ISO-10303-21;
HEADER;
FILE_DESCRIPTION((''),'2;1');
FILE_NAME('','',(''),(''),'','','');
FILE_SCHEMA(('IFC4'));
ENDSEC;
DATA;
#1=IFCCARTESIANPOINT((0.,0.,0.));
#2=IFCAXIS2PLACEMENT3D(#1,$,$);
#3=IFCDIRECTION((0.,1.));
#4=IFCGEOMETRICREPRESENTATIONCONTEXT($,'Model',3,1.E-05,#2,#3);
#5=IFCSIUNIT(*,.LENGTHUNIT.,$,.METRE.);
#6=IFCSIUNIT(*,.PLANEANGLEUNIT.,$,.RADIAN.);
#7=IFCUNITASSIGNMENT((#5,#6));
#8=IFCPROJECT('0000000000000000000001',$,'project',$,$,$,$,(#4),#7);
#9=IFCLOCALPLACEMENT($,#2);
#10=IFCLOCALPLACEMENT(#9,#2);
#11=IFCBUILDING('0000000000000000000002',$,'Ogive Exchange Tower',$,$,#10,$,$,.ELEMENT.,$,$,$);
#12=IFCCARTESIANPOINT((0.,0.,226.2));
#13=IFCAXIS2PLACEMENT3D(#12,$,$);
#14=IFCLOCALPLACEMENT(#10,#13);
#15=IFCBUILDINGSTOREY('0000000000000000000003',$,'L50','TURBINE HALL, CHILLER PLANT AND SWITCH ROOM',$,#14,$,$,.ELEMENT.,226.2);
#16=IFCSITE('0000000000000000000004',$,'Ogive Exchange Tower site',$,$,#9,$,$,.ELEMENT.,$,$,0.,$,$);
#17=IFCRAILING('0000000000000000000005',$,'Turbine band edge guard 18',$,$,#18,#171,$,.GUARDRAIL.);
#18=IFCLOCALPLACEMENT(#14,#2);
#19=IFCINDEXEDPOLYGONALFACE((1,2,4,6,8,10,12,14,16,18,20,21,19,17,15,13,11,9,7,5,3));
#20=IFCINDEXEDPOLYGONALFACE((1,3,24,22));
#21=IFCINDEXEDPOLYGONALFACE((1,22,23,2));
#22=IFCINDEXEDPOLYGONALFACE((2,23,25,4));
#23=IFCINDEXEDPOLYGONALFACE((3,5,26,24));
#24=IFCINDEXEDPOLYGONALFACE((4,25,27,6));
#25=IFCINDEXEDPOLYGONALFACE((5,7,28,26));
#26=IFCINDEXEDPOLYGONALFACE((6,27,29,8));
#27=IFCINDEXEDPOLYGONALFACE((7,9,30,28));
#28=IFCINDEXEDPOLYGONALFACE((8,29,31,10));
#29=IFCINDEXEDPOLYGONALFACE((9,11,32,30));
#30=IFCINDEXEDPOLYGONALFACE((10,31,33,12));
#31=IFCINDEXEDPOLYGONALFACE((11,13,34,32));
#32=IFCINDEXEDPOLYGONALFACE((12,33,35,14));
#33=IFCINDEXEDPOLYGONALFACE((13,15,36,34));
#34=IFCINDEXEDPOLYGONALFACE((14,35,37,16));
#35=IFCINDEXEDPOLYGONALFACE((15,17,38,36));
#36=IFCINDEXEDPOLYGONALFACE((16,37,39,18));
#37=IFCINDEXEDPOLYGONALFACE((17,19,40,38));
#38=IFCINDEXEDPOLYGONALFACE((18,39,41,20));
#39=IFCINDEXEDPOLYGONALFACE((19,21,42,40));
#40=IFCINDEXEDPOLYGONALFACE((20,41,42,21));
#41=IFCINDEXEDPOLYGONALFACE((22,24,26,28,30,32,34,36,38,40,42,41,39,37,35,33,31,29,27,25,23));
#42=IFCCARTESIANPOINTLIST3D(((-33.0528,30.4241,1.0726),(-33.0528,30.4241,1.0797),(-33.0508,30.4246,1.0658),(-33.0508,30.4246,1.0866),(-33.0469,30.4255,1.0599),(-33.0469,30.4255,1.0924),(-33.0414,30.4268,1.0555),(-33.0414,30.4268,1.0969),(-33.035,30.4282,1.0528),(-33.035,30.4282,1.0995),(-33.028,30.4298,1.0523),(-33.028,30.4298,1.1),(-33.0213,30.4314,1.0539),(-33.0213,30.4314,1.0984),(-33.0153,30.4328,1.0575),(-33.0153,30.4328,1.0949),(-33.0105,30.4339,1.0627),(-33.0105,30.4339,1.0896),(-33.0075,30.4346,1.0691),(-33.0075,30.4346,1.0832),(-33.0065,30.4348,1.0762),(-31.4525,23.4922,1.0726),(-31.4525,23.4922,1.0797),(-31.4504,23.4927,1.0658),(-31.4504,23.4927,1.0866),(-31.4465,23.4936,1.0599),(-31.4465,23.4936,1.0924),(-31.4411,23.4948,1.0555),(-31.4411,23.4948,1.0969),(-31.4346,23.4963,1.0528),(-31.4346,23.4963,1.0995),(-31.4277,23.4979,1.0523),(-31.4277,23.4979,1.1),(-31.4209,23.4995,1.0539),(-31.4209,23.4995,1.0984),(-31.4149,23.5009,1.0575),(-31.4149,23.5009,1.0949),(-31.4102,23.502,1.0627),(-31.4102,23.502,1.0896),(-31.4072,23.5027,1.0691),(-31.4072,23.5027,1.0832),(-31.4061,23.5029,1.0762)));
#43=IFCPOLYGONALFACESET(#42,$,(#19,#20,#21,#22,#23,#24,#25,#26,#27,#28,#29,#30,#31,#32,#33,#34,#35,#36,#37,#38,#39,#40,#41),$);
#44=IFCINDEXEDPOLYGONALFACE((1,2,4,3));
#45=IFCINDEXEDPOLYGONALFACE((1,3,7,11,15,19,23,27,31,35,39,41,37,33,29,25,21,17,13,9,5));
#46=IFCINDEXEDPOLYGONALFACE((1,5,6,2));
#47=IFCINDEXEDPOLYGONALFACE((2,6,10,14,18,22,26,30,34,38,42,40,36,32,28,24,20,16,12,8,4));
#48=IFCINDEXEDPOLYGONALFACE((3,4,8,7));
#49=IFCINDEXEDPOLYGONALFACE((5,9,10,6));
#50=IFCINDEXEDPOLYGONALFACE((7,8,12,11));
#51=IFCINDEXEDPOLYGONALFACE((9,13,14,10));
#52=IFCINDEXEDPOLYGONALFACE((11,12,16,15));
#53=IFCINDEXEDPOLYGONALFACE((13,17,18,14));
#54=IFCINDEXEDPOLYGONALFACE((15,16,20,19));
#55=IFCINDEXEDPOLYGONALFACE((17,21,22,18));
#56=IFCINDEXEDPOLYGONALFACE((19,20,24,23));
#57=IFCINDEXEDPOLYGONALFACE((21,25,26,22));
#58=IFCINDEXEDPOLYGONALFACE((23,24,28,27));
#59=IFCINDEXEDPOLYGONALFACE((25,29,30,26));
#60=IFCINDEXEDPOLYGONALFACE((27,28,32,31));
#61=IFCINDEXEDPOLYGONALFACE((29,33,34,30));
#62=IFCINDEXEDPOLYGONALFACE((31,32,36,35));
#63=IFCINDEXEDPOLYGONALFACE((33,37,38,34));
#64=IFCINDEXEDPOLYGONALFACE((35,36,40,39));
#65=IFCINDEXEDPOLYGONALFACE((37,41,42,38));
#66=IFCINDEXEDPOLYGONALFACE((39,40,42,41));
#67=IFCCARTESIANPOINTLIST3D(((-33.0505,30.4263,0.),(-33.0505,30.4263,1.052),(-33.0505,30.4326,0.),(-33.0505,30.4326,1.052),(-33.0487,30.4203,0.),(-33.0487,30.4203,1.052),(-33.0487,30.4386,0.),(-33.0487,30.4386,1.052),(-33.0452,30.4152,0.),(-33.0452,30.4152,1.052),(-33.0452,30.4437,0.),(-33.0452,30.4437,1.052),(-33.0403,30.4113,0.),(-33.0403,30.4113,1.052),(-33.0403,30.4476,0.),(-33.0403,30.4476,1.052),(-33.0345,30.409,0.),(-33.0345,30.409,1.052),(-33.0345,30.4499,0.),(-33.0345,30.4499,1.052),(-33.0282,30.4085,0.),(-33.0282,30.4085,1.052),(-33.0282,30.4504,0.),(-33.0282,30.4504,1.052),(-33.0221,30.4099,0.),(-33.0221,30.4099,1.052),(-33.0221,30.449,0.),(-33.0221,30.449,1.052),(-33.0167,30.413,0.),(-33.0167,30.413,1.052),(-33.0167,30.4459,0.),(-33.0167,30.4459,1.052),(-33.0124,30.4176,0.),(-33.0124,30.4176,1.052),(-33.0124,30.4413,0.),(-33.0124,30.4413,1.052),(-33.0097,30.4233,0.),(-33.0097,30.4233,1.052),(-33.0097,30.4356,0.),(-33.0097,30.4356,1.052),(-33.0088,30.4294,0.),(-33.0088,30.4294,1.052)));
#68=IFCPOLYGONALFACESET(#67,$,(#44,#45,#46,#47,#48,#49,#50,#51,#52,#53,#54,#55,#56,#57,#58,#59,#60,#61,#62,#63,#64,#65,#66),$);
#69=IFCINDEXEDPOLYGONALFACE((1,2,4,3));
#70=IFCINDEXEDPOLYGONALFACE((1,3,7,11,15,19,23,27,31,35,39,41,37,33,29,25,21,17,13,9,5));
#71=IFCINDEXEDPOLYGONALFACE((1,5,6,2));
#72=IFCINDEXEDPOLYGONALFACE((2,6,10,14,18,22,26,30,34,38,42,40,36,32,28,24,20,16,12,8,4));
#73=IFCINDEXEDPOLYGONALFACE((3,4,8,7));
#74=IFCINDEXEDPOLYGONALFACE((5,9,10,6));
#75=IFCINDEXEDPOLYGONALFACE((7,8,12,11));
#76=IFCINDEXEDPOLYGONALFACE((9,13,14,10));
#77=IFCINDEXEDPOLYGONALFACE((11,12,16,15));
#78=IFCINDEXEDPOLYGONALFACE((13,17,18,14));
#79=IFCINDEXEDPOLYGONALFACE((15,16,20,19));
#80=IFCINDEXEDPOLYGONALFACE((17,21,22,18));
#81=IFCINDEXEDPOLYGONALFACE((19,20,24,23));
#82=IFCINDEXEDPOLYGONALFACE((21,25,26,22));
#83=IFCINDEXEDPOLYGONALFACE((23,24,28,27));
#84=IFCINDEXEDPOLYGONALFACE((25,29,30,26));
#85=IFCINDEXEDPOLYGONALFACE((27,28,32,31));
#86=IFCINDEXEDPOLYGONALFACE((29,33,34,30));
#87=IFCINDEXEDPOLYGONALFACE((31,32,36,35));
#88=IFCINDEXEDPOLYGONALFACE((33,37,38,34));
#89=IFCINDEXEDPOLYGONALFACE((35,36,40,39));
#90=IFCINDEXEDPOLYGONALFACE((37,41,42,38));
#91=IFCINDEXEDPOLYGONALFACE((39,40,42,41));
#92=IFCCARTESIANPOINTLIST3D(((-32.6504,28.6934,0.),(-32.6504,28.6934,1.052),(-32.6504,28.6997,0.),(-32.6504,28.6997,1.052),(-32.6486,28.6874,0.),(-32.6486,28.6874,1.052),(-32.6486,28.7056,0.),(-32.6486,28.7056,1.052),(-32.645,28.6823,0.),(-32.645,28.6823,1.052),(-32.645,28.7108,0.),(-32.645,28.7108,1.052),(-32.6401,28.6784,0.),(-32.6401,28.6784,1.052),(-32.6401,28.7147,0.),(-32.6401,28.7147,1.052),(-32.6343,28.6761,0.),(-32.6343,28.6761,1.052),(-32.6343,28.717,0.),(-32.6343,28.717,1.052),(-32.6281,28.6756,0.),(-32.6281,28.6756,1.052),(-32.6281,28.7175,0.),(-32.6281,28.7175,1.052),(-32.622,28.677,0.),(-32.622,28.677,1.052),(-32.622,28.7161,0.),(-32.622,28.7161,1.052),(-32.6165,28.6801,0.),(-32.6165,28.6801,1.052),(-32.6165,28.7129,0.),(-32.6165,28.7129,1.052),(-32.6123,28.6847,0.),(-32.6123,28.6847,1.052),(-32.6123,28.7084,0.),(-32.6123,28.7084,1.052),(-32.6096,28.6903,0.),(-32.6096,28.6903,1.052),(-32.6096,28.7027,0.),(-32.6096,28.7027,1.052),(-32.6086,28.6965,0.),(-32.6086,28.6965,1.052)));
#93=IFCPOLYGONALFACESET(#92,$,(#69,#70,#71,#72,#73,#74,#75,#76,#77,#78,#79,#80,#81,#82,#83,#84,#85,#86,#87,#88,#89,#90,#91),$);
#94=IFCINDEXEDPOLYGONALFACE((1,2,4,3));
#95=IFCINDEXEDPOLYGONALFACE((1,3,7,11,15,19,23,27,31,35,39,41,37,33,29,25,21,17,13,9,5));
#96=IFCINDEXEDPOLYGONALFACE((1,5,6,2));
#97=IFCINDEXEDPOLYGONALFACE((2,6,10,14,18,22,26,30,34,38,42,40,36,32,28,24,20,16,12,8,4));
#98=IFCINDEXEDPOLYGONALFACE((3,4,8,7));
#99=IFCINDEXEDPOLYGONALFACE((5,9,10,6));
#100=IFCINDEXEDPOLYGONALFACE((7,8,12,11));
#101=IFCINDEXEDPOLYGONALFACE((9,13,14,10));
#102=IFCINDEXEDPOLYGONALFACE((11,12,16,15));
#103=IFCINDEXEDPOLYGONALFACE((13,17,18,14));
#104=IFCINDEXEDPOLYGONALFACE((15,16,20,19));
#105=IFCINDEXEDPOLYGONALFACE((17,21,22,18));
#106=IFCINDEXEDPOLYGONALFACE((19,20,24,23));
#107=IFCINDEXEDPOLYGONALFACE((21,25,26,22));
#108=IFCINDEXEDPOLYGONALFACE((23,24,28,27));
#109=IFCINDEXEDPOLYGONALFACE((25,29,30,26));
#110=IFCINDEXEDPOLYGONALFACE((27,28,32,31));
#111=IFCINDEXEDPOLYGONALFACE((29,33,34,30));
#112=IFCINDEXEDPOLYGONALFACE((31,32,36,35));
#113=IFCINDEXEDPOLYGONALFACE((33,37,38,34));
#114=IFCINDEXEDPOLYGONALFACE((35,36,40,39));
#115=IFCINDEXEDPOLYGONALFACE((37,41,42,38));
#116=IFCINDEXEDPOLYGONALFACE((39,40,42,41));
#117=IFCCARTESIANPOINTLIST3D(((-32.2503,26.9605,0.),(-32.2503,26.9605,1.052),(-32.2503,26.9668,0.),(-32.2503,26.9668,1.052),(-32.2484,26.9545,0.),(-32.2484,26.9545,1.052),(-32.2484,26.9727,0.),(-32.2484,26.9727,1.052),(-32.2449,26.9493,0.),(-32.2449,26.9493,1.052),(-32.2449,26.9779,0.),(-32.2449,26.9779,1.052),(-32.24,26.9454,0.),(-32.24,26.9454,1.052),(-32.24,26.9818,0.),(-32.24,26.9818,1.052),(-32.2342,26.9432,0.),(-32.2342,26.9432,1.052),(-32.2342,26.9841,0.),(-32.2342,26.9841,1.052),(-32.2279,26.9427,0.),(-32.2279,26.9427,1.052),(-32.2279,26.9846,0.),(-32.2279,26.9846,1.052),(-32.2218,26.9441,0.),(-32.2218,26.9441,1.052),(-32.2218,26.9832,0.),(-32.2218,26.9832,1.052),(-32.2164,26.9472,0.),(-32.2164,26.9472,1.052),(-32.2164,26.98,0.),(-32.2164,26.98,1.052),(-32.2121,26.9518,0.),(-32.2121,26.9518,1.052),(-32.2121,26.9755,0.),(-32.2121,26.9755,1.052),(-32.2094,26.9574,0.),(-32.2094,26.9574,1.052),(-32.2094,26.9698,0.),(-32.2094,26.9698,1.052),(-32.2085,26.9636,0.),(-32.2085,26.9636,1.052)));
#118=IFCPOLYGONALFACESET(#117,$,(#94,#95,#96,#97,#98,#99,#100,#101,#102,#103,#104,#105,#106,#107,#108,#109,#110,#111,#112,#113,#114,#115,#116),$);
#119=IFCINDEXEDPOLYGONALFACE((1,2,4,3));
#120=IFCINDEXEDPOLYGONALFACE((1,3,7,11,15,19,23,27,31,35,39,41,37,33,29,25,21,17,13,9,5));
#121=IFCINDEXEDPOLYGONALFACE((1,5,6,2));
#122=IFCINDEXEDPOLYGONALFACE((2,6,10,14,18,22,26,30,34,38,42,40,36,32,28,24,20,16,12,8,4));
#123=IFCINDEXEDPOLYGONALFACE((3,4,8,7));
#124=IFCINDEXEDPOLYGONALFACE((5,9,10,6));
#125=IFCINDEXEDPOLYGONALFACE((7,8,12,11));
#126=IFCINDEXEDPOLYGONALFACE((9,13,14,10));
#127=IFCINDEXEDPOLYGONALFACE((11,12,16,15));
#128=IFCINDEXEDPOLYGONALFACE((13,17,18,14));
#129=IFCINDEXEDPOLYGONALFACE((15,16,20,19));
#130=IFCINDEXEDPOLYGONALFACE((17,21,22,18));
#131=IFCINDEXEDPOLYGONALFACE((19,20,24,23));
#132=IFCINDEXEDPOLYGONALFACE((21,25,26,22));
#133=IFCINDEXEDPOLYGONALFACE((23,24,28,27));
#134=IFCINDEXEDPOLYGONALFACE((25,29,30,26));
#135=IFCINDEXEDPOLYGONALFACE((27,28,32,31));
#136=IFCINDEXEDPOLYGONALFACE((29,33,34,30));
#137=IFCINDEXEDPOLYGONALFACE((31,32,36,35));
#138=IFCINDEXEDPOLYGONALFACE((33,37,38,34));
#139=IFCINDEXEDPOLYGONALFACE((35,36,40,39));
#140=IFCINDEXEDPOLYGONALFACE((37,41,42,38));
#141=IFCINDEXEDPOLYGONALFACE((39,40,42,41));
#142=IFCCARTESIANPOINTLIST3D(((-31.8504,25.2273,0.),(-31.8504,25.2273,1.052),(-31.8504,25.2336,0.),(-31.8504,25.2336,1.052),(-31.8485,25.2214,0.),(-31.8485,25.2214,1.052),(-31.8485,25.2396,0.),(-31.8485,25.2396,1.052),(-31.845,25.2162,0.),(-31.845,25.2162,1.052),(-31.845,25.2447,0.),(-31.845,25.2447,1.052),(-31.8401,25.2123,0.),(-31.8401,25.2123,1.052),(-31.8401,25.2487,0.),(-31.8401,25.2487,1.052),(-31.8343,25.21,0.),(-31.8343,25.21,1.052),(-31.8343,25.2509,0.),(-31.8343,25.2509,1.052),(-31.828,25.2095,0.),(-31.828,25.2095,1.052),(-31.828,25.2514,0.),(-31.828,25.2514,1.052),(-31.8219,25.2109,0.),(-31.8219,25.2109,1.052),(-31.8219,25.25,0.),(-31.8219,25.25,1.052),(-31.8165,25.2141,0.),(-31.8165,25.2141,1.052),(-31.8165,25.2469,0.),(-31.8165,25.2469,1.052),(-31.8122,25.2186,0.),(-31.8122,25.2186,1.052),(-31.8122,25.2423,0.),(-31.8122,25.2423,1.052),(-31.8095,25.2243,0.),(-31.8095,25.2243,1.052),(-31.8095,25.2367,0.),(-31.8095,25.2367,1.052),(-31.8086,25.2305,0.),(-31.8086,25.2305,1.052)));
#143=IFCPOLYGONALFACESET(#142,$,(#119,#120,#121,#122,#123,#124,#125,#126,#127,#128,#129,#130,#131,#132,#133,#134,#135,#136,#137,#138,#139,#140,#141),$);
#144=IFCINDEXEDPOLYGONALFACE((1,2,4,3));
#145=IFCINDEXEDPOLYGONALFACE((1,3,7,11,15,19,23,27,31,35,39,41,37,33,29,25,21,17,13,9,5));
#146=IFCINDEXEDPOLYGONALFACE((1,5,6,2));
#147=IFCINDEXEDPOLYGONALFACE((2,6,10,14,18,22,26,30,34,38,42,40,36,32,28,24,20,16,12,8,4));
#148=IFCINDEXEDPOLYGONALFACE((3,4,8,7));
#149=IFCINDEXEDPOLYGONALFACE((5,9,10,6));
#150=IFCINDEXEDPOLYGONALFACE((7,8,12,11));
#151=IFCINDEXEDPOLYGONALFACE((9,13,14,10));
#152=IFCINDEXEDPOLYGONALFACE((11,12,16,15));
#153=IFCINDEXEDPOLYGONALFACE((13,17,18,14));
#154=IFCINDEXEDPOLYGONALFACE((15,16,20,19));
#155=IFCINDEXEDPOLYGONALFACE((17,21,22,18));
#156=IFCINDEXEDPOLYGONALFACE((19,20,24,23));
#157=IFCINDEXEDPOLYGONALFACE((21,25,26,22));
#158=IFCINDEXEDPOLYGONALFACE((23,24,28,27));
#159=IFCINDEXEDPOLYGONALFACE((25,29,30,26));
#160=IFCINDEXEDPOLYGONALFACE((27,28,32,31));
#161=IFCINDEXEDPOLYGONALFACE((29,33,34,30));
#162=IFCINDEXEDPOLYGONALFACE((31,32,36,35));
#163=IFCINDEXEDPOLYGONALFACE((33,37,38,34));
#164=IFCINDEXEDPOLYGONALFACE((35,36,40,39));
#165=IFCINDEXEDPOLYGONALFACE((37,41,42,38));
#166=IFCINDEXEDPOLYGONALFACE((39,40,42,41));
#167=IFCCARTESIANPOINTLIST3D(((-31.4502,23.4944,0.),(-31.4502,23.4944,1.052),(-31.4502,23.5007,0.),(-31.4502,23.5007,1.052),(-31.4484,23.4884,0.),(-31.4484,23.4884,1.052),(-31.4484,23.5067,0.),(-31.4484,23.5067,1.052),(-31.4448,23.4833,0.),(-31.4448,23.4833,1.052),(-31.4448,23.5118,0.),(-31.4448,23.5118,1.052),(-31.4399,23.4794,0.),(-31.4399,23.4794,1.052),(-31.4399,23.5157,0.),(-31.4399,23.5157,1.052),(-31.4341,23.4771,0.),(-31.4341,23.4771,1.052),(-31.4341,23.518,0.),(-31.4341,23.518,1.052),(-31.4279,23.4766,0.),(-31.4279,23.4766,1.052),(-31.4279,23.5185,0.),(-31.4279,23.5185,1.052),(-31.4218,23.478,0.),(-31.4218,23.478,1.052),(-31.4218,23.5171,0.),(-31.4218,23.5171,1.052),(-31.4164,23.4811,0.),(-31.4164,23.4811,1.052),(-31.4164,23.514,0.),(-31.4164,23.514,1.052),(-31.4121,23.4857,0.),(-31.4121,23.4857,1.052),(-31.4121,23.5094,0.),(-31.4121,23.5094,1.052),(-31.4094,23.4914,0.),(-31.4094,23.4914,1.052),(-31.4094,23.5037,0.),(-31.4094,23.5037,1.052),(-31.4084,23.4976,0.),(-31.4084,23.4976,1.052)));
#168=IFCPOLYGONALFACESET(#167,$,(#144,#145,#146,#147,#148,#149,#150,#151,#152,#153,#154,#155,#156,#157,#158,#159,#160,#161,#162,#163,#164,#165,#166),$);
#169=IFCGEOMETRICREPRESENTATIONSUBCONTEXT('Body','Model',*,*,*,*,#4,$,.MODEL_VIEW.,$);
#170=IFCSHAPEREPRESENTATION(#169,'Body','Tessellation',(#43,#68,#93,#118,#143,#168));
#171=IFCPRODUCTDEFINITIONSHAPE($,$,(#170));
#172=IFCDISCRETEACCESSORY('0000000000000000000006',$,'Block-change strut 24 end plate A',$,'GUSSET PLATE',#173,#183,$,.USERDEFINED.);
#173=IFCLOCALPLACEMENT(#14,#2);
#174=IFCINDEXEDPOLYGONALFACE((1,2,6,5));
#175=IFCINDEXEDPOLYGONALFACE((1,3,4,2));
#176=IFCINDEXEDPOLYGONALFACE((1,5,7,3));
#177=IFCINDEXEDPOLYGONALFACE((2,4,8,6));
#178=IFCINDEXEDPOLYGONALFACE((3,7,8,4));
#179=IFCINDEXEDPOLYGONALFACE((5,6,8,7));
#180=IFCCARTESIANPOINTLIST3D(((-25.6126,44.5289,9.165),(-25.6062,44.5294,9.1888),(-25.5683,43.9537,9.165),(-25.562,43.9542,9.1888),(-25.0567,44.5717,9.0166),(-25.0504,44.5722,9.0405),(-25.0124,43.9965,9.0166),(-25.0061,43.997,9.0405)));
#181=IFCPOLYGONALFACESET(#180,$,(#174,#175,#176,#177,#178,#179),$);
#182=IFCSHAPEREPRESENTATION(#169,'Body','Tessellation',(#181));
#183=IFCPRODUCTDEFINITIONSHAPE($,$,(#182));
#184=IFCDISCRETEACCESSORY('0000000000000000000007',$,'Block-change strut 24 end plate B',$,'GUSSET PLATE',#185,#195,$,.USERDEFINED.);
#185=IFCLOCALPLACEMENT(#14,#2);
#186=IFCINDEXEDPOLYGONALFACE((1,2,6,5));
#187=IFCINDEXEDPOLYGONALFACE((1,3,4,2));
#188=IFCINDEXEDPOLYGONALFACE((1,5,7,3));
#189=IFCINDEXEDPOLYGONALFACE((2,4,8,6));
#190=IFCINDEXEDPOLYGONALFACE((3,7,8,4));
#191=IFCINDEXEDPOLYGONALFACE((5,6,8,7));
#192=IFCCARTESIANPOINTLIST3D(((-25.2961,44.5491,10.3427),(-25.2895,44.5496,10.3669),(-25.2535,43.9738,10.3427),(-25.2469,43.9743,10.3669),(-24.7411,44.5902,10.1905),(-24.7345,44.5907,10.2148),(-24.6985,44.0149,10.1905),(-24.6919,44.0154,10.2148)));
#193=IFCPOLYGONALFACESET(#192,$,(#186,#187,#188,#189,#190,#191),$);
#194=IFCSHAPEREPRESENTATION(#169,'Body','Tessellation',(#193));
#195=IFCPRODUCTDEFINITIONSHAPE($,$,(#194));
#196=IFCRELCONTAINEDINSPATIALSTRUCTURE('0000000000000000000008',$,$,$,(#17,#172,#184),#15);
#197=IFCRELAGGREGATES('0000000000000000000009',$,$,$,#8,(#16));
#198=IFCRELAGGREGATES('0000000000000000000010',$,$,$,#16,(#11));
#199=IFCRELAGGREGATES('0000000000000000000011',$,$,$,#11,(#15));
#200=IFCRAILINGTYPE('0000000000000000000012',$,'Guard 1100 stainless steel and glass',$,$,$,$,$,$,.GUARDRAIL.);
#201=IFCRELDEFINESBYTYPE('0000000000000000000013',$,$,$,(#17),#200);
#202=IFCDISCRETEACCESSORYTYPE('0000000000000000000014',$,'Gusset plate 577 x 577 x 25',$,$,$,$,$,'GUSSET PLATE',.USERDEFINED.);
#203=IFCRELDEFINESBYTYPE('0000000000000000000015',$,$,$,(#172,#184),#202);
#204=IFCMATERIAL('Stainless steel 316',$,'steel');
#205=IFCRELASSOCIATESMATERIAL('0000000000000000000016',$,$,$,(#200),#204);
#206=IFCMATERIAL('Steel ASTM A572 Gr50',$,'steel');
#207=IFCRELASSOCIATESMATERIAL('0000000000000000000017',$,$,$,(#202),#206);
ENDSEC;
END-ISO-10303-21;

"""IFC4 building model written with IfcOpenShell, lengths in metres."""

from ifc_helpers import new_model, si_unit, direction, frame, origin, origin_2d, place, context, subcontext, project, spatial, rectangle, circle, extrude, material, material_profile, profile_set, type_object, element, save


model = new_model("IFC4")

# Units and contexts
model_context = context("Model", 3, precision=1e-05, world=origin(), true_north=direction((0.0, 1.0)))
body_context = subcontext(model_context, "Body", "Model", "MODEL_VIEW")
ifc_project = project(units=[si_unit("LENGTHUNIT", "METRE"), si_unit("PLANEANGLEUNIT", "RADIAN")], contexts=[model_context])

# Site, building, storey
site_placement = place(None, origin())
site = spatial("IfcSite", under=ifc_project, at=site_placement, Name="Ogive Exchange Tower site", CompositionType="ELEMENT", RefElevation=0.0)
building_placement = place(site_placement, origin())
building = spatial("IfcBuilding", under=site, at=building_placement, Name="Ogive Exchange Tower", CompositionType="ELEMENT")
storey_placement = place(building_placement, frame((0.0, 0.0, 226.2)))
storey = spatial("IfcBuildingStorey", under=building, at=storey_placement, Name="L50", Description="TURBINE HALL, CHILLER PLANT AND SWITCH ROOM", CompositionType="ELEMENT", Elevation=226.2)

# Railing
ifc_material_1 = material(Name="Stainless steel 316", Category="steel")
railing_type = type_object("IfcRailingType", Name="Guard 1100 stainless steel and glass", PredefinedType="GUARDRAIL", material=ifc_material_1)
railing_1_placement = place(storey_placement, frame((-33.0298, 30.4294, 0.0)))
element("IfcRailing", 1, at=railing_1_placement, inside=storey, type_object=railing_type, Name="Turbine band edge guard 18", PredefinedType="GUARDRAIL", context=body_context, shape_type="SweptSolid", body=[
    extrude(circle(Radius=0.0239, at=origin_2d()), frame((0.0, 0.0, 1.0762), z_axis=(0.22495, -0.97437, 0.0), x_axis=(0.97437, 0.22495, 0.0)), (0.0, 0.0, 1.0), 7.1143),
    extrude(circle(Radius=0.021, at=origin_2d()), origin(), (0.0, 0.0, 1.0), 1.052),
    extrude(circle(Radius=0.021, at=origin_2d()), frame((0.4001, -1.7329, 0.0)), (0.0, 0.0, 1.0), 1.052),
    extrude(circle(Radius=0.021, at=origin_2d()), frame((0.8003, -3.4658, 0.0)), (0.0, 0.0, 1.0), 1.052),
    extrude(circle(Radius=0.021, at=origin_2d()), frame((1.2002, -5.199, 0.0)), (0.0, 0.0, 1.0), 1.052),
    extrude(circle(Radius=0.021, at=origin_2d()), frame((1.6003, -6.9319, 0.0)), (0.0, 0.0, 1.0), 1.052),
])

# Discrete accessories
ifc_material_2 = material(Name="Steel ASTM A572 Gr50", Category="steel")
ifc_material_profile_1 = material_profile(ifc_material_2, rectangle(XDim=0.5769, YDim=0.5769, at=origin_2d()), Name="PL 577 x 577 x 25")
ifc_profile_set_1 = profile_set([ifc_material_profile_1], Name="Steel ASTM A572 Gr50")
discrete_accessory_type_1 = type_object("IfcDiscreteAccessoryType", Name="Gusset plate 577 x 577 x 25", ElementType="GUSSET PLATE", PredefinedType="USERDEFINED", material=ifc_profile_set_1)
discrete_accessory_1_placement = place(storey_placement, frame((-25.3125, 44.2627, 9.0908), z_axis=(0.256385, 0.019722, 0.966374), x_axis=(-0.076696, 0.997054, 0.0)))
element("IfcDiscreteAccessory", 2, at=discrete_accessory_1_placement, inside=storey, type_object=discrete_accessory_type_1, Name="Block-change strut 24 end plate A", ObjectType="GUSSET PLATE", PredefinedType="USERDEFINED", context=body_context, shape_type="SweptSolid", body=[
    extrude(rectangle(XDim=0.5769, YDim=0.5769, at=origin_2d()), origin(), (0.0, 0.0, 1.0), 0.0247),
])
discrete_accessory_2_placement = place(storey_placement, frame((-24.9973, 44.282, 10.2666), z_axis=(0.263067, 0.019486, 0.964581), x_axis=(-0.073872, 0.997268, 0.0)))
element("IfcDiscreteAccessory", 3, at=discrete_accessory_2_placement, inside=storey, type_object=discrete_accessory_type_1, Name="Block-change strut 24 end plate B", ObjectType="GUSSET PLATE", PredefinedType="USERDEFINED", context=body_context, shape_type="SweptSolid", body=[
    extrude(rectangle(XDim=0.5769, YDim=0.5769, at=origin_2d()), origin(), (0.0, 0.0, 1.0), 0.0251),
])

save(model, "model.ifc")
